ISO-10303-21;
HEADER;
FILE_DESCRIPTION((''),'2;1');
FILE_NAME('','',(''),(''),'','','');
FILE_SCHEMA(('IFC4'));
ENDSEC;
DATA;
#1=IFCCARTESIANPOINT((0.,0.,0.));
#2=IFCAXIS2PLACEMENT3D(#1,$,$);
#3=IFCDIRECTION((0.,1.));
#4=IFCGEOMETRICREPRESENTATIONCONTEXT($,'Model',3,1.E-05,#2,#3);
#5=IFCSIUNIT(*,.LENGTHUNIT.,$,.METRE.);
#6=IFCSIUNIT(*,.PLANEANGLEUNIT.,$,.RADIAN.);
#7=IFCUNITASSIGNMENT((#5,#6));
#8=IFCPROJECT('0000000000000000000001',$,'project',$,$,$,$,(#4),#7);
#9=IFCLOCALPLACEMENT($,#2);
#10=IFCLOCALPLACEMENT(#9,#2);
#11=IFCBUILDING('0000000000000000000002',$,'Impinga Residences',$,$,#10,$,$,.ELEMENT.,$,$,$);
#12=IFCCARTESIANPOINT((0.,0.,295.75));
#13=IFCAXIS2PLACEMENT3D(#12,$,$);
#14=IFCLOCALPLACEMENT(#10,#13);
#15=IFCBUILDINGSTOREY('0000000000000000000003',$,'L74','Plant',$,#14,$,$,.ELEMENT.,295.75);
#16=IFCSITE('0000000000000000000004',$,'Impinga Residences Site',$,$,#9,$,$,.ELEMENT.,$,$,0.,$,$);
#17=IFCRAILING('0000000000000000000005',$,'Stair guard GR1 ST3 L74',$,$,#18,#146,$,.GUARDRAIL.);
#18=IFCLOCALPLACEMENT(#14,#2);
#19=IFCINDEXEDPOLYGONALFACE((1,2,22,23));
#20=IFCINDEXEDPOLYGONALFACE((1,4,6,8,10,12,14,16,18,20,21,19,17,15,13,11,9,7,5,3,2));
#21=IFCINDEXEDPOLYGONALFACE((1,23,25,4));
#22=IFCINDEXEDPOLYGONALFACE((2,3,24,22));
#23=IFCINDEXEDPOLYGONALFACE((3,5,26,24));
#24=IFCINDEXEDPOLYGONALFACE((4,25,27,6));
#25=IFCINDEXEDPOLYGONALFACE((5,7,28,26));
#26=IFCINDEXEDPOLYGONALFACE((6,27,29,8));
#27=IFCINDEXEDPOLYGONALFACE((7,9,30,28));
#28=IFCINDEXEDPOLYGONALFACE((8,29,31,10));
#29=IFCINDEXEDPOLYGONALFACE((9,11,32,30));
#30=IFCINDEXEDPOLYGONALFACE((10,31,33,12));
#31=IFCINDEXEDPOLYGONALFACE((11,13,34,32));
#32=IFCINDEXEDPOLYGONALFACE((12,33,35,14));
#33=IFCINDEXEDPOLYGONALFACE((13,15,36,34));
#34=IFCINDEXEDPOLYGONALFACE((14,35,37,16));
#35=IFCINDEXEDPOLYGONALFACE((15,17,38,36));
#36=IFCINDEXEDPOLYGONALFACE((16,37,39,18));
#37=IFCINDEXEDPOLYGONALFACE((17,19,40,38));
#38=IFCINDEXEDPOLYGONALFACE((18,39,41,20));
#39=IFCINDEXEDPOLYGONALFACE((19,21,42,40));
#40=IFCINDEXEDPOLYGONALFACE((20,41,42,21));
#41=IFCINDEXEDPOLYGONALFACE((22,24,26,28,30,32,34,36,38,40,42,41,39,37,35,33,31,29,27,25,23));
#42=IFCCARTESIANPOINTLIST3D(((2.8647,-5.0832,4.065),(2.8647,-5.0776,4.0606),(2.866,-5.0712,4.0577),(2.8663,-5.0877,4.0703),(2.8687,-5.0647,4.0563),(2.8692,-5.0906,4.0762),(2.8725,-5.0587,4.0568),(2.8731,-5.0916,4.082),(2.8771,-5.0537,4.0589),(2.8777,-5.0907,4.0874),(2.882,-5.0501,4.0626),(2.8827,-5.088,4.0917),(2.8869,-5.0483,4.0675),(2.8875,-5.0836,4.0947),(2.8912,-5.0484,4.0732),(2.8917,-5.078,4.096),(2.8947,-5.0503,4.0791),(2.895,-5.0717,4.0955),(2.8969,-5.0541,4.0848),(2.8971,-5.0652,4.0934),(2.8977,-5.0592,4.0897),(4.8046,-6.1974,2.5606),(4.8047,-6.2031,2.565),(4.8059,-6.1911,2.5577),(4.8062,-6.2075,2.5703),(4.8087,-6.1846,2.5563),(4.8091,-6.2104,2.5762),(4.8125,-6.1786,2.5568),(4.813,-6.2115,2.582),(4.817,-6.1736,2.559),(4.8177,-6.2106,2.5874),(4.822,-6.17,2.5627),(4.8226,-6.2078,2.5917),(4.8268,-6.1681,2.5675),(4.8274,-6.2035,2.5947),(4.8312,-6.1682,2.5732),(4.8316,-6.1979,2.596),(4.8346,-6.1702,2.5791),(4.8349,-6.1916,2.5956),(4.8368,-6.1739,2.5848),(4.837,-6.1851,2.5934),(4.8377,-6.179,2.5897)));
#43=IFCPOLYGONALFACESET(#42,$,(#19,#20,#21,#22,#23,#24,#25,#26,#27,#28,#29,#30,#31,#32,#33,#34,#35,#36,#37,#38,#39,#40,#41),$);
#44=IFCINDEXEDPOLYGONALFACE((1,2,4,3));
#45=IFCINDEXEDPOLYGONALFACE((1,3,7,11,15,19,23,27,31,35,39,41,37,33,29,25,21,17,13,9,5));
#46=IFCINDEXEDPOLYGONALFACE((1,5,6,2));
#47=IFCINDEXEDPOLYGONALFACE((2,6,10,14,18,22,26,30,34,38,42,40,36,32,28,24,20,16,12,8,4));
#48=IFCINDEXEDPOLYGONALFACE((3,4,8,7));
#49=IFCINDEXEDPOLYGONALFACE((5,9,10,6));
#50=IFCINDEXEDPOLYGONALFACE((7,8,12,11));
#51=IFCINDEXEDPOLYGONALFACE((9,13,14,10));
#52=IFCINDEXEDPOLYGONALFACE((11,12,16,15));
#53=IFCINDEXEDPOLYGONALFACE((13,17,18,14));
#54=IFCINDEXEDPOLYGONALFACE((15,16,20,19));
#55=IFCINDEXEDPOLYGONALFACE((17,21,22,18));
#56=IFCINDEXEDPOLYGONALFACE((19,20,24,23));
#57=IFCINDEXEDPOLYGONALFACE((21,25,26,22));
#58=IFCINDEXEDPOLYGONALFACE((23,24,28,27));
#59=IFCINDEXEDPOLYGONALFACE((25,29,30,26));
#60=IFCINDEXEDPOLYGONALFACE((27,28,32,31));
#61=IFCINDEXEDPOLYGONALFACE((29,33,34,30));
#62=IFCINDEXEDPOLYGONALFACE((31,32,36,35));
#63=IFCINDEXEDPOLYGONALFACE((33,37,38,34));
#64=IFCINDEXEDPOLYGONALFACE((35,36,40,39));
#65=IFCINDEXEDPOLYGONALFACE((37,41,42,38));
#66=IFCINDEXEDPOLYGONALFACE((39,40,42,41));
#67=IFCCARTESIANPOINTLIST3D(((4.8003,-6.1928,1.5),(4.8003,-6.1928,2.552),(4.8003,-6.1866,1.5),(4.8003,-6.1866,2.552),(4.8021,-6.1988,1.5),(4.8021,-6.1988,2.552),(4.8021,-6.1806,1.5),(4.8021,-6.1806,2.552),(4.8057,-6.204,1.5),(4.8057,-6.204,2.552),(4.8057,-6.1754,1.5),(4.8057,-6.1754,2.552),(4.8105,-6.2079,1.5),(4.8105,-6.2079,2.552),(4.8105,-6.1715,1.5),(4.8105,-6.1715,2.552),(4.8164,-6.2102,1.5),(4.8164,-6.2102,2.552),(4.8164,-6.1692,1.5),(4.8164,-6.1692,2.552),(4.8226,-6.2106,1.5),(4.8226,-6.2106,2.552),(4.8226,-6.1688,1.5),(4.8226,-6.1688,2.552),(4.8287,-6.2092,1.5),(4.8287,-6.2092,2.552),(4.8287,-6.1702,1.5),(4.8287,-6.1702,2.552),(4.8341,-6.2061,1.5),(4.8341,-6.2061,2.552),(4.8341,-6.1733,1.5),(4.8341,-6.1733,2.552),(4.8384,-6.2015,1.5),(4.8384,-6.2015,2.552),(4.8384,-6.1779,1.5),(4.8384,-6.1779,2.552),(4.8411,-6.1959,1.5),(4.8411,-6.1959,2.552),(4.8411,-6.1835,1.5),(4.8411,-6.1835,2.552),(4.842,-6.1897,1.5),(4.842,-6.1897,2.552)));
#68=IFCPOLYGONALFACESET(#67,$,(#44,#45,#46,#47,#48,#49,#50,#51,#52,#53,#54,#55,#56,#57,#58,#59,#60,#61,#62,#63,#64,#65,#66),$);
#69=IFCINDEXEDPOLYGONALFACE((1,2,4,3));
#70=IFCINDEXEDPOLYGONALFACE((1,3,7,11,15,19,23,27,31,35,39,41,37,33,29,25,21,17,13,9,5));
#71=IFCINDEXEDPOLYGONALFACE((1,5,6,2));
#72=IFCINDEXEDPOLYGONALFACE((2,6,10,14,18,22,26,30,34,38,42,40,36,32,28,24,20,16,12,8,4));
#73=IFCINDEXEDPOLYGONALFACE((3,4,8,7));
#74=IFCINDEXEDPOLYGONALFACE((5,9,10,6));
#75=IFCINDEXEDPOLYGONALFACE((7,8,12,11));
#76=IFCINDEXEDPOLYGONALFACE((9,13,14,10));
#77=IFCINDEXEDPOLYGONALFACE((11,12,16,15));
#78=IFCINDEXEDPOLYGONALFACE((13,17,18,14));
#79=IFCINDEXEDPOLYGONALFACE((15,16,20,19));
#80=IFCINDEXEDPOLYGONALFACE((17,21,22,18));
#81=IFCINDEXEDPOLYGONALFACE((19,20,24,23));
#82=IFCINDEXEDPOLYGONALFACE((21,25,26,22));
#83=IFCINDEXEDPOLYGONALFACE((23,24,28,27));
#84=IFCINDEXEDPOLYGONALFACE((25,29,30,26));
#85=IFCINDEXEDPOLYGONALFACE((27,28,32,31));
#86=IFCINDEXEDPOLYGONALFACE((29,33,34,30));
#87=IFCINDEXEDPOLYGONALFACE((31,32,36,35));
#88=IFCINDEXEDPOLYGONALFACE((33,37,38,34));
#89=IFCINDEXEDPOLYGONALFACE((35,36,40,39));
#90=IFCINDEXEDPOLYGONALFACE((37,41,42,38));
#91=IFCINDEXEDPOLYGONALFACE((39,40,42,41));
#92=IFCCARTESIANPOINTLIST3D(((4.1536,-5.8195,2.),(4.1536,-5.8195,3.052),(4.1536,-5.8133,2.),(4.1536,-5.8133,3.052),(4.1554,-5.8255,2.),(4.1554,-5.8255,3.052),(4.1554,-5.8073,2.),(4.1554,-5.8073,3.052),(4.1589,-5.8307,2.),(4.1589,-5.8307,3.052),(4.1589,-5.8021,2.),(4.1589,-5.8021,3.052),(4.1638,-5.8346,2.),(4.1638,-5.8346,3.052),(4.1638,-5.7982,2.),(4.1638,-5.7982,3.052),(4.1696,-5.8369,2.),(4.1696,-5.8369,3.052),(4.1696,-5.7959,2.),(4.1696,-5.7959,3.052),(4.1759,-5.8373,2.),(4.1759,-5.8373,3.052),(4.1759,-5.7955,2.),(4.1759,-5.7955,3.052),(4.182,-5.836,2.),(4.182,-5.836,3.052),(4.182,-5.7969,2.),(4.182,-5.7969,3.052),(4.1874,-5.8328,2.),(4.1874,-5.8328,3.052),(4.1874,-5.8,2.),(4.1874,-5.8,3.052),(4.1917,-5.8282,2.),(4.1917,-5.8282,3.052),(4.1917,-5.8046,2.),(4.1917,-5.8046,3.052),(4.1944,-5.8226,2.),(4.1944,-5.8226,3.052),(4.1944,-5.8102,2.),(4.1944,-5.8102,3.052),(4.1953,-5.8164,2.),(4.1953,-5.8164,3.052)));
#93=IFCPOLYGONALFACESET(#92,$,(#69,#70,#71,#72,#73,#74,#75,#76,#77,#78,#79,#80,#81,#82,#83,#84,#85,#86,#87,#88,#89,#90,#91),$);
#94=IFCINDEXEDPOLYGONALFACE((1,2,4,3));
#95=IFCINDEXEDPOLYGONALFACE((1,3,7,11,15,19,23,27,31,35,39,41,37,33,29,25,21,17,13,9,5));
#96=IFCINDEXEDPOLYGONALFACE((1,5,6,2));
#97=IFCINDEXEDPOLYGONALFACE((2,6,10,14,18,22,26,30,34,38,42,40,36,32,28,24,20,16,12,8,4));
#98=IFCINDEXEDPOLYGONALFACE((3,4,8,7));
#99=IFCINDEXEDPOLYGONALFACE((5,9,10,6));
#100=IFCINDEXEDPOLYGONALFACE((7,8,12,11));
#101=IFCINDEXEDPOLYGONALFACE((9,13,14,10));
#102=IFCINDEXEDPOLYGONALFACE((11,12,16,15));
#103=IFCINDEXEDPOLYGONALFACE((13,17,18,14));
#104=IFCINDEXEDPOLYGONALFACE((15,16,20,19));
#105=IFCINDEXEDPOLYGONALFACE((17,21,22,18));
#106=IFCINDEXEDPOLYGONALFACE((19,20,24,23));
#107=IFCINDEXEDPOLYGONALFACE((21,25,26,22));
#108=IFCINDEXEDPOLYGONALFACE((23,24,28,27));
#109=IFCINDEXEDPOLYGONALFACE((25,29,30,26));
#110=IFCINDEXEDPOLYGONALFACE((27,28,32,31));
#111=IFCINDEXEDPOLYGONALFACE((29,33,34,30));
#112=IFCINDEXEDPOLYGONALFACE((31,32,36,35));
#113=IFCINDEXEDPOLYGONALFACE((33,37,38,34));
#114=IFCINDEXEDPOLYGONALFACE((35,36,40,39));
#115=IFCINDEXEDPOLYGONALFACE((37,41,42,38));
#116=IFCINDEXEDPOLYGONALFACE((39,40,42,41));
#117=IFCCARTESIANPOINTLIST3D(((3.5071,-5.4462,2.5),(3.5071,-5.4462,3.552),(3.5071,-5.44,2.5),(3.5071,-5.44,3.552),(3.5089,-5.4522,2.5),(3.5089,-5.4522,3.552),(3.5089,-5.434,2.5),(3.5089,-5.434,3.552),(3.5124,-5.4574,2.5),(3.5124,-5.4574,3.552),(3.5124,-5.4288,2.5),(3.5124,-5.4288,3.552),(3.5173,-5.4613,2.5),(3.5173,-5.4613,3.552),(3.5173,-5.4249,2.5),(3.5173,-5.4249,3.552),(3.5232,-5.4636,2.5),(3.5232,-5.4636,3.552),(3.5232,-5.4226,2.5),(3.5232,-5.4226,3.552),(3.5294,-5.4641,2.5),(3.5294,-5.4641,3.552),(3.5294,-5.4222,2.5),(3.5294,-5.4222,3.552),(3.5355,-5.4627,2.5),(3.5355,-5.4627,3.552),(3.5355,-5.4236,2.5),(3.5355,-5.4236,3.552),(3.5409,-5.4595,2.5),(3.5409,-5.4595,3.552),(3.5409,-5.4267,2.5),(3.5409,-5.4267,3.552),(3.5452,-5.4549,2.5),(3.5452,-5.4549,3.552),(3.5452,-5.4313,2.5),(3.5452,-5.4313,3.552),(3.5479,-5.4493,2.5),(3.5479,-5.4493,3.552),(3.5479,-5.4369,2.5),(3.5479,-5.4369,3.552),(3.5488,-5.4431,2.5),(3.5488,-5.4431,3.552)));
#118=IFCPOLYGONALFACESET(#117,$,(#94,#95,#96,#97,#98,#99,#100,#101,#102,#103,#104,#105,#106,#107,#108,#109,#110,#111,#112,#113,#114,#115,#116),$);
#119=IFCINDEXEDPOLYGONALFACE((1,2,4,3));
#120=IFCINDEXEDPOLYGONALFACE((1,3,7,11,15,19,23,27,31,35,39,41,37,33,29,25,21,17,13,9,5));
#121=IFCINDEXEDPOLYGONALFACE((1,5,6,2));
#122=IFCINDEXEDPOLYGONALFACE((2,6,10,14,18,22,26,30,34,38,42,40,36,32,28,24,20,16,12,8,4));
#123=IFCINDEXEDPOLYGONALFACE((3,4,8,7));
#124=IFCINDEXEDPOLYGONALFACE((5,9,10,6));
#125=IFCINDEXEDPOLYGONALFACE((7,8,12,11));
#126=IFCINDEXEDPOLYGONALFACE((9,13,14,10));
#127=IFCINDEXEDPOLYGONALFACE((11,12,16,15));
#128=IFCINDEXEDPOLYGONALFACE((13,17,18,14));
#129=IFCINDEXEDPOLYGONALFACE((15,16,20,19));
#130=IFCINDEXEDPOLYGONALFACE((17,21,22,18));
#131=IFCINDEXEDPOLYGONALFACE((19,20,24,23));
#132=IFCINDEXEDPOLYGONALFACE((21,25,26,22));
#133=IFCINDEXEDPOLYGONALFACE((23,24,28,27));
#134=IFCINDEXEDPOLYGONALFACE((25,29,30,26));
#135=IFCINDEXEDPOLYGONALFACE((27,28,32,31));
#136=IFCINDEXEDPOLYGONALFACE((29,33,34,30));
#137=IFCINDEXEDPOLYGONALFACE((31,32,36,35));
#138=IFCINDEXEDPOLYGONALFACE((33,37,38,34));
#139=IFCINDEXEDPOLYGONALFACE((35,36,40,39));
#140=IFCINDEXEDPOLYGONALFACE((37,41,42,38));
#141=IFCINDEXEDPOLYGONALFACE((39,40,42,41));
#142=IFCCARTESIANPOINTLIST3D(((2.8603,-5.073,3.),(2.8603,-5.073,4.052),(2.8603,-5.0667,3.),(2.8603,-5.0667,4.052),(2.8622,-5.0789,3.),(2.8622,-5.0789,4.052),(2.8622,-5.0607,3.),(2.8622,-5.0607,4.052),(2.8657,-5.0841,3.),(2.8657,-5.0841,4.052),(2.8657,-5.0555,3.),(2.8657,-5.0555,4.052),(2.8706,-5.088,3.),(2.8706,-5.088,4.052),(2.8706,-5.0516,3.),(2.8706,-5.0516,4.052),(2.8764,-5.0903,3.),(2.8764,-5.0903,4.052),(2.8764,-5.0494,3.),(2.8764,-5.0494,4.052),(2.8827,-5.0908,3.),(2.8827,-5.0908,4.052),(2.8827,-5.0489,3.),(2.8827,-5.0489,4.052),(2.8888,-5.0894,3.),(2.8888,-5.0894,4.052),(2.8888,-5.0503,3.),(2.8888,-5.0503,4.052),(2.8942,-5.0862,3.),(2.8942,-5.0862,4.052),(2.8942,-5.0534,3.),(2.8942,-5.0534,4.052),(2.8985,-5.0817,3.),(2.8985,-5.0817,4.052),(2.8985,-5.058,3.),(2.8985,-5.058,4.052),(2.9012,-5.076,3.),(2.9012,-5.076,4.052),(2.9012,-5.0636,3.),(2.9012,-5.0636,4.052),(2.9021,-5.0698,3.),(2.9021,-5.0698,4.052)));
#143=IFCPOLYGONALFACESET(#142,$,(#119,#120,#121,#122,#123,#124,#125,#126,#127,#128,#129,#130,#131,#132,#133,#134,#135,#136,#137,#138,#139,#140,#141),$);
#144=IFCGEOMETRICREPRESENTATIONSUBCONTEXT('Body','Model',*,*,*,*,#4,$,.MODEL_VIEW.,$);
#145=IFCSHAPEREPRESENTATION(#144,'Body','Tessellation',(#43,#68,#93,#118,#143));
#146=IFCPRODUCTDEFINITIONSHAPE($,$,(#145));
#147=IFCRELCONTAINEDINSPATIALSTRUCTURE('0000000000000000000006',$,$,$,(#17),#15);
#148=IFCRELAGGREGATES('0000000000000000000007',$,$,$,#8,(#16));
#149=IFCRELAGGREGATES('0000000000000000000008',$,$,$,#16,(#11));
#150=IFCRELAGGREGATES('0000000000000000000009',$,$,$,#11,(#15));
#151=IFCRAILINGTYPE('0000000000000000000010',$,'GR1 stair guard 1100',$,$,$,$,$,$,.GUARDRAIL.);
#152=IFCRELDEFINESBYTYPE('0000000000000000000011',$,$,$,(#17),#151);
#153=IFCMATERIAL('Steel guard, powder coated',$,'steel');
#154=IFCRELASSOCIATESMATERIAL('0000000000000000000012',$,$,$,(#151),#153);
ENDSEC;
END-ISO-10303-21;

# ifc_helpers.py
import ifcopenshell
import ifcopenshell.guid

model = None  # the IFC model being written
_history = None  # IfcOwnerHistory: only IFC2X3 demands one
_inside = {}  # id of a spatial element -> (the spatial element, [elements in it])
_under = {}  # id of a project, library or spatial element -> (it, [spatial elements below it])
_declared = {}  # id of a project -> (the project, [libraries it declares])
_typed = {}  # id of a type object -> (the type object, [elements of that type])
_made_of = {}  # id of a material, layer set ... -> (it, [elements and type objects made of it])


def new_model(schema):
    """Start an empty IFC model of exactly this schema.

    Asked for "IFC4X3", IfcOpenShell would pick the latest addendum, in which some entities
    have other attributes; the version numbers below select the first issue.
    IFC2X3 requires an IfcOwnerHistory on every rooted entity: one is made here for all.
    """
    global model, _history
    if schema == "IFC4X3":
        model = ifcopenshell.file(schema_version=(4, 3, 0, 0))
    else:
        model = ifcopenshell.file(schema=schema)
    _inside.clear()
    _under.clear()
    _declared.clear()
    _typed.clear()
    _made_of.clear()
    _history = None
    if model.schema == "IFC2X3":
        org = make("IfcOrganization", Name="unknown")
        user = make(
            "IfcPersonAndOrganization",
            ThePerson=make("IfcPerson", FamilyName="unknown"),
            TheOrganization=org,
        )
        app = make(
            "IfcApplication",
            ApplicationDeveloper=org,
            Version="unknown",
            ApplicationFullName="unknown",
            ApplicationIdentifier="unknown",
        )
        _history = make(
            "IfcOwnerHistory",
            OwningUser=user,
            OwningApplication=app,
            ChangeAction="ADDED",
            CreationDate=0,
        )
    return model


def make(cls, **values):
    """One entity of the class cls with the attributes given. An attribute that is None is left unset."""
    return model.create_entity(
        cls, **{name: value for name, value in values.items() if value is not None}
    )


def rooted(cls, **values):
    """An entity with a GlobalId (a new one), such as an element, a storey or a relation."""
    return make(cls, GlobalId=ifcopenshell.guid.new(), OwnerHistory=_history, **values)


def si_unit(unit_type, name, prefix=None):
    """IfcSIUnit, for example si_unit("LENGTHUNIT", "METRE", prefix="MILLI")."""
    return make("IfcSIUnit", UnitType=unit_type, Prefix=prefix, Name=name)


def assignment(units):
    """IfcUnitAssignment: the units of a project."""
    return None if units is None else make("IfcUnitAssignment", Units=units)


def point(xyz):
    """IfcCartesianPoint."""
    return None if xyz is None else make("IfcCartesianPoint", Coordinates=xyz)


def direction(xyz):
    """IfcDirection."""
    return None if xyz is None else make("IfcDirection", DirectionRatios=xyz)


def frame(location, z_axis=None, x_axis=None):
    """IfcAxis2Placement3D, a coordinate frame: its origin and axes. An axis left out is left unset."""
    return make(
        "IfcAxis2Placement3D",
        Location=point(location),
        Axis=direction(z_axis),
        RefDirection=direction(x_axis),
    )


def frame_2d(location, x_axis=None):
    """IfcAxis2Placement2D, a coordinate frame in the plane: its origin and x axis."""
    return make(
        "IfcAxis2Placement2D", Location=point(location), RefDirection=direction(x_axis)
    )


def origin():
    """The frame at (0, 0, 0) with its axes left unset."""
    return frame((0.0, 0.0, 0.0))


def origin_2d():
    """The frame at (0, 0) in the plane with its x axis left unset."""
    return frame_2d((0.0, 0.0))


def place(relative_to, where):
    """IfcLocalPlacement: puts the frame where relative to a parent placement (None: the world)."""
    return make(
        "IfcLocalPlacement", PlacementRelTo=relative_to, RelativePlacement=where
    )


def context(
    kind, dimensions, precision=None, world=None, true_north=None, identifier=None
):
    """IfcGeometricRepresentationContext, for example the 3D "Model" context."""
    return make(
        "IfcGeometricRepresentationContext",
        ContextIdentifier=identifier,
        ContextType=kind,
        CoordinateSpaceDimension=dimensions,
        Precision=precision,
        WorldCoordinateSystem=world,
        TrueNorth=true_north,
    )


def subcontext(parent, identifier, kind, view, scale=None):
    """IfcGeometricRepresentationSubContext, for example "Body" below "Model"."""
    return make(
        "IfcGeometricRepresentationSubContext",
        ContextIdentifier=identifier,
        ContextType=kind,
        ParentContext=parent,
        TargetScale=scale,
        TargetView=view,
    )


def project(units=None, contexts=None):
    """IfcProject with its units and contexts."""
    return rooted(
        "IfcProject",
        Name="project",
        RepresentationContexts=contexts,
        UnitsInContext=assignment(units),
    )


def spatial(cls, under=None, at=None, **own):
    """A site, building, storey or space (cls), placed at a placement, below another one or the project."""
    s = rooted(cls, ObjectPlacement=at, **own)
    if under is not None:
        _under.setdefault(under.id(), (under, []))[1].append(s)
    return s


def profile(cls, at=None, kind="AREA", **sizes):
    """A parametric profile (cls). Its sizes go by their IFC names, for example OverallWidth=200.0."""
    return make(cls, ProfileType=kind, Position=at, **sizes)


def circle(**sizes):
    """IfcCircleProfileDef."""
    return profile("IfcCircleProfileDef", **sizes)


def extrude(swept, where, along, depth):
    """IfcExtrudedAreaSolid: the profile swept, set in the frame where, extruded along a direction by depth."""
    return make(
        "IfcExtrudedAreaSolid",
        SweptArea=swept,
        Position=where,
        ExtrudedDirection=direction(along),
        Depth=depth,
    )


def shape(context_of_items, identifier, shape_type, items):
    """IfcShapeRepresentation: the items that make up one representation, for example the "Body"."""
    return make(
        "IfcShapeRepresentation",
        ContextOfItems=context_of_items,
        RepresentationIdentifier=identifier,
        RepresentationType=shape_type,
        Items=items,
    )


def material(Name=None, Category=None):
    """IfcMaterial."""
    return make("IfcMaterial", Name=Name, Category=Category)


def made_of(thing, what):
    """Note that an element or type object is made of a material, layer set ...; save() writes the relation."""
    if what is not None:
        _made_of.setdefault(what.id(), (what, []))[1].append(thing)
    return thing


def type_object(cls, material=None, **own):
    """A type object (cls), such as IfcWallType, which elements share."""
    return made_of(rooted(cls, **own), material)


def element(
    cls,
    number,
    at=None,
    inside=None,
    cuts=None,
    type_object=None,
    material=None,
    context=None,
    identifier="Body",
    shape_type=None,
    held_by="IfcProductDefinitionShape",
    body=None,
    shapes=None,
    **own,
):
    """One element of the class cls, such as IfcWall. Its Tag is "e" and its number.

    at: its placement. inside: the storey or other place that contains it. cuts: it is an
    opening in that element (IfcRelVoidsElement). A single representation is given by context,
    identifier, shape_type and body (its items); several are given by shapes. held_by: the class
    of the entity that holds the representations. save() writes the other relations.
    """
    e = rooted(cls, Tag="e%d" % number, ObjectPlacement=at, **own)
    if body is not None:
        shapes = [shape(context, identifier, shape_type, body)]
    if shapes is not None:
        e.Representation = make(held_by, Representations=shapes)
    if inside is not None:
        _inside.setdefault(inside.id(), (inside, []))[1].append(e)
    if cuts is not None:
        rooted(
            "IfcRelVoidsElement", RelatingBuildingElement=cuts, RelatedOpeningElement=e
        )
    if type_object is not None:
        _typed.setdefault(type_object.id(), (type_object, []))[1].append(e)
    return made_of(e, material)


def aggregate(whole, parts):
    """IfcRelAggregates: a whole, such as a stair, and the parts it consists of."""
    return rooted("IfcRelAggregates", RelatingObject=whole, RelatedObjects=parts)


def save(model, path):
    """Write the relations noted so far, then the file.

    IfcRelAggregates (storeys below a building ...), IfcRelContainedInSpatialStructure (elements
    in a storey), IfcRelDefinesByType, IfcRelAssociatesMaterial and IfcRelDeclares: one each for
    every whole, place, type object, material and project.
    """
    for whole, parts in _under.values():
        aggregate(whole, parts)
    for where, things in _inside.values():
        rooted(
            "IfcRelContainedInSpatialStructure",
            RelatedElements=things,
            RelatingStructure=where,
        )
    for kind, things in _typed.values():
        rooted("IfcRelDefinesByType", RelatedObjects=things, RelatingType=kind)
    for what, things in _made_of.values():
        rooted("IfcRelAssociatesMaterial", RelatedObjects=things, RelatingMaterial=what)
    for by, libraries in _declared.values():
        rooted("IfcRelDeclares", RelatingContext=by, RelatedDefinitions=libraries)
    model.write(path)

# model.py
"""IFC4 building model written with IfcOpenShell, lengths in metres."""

from ifc_helpers import new_model, si_unit, direction, frame, origin, origin_2d, place, context, subcontext, project, spatial, circle, extrude, material, type_object, element, save


model = new_model("IFC4")

# Units and contexts
model_context = context("Model", 3, precision=1e-05, world=origin(), true_north=direction((0.0, 1.0)))
body_context = subcontext(model_context, "Body", "Model", "MODEL_VIEW")
ifc_project = project(units=[si_unit("LENGTHUNIT", "METRE"), si_unit("PLANEANGLEUNIT", "RADIAN")], contexts=[model_context])

# Site, building, storey
site_placement = place(None, origin())
site = spatial("IfcSite", under=ifc_project, at=site_placement, Name="Impinga Residences Site", CompositionType="ELEMENT", RefElevation=0.0)
building_placement = place(site_placement, origin())
building = spatial("IfcBuilding", under=site, at=building_placement, Name="Impinga Residences", CompositionType="ELEMENT")
storey_placement = place(building_placement, frame((0.0, 0.0, 295.75)))
storey = spatial("IfcBuildingStorey", under=building, at=storey_placement, Name="L74", Description="Plant", CompositionType="ELEMENT", Elevation=295.75)

# Railing
ifc_material_1 = material(Name="Steel guard, powder coated", Category="steel")
railing_type_1 = type_object("IfcRailingType", Name="GR1 stair guard 1100", PredefinedType="GUARDRAIL", material=ifc_material_1)
for number, where, name in (
    (1, (4.821, -6.1897, 1.5), "Stair guard GR1 ST3 L74"),
):
    element("IfcRailing", number, at=place(storey_placement, frame(where)), inside=storey, type_object=railing_type_1, Name=name, PredefinedType="GUARDRAIL", context=body_context, shape_type="SweptSolid", body=[
        extrude(circle(Radius=0.0239, at=origin_2d()), frame((0.0, 0.0, 1.0762), z_axis=(-0.719609, 0.41541, 0.556415), x_axis=(-0.499949, -0.866055, 0.0)), (0.0, 0.0, 1.0), 2.6958),
        extrude(circle(Radius=0.021, at=origin_2d()), origin(), (0.0, 0.0, 1.0), 1.052),
        extrude(circle(Radius=0.021, at=origin_2d()), frame((-0.6467, 0.3733, 0.5)), (0.0, 0.0, 1.0), 1.052),
        extrude(circle(Radius=0.021, at=origin_2d()), frame((-1.2932, 0.7466, 1.0)), (0.0, 0.0, 1.0), 1.052),
        extrude(circle(Radius=0.021, at=origin_2d()), frame((-1.9399, 1.1199, 1.5)), (0.0, 0.0, 1.0), 1.052),
    ])

save(model, "model.ifc")
